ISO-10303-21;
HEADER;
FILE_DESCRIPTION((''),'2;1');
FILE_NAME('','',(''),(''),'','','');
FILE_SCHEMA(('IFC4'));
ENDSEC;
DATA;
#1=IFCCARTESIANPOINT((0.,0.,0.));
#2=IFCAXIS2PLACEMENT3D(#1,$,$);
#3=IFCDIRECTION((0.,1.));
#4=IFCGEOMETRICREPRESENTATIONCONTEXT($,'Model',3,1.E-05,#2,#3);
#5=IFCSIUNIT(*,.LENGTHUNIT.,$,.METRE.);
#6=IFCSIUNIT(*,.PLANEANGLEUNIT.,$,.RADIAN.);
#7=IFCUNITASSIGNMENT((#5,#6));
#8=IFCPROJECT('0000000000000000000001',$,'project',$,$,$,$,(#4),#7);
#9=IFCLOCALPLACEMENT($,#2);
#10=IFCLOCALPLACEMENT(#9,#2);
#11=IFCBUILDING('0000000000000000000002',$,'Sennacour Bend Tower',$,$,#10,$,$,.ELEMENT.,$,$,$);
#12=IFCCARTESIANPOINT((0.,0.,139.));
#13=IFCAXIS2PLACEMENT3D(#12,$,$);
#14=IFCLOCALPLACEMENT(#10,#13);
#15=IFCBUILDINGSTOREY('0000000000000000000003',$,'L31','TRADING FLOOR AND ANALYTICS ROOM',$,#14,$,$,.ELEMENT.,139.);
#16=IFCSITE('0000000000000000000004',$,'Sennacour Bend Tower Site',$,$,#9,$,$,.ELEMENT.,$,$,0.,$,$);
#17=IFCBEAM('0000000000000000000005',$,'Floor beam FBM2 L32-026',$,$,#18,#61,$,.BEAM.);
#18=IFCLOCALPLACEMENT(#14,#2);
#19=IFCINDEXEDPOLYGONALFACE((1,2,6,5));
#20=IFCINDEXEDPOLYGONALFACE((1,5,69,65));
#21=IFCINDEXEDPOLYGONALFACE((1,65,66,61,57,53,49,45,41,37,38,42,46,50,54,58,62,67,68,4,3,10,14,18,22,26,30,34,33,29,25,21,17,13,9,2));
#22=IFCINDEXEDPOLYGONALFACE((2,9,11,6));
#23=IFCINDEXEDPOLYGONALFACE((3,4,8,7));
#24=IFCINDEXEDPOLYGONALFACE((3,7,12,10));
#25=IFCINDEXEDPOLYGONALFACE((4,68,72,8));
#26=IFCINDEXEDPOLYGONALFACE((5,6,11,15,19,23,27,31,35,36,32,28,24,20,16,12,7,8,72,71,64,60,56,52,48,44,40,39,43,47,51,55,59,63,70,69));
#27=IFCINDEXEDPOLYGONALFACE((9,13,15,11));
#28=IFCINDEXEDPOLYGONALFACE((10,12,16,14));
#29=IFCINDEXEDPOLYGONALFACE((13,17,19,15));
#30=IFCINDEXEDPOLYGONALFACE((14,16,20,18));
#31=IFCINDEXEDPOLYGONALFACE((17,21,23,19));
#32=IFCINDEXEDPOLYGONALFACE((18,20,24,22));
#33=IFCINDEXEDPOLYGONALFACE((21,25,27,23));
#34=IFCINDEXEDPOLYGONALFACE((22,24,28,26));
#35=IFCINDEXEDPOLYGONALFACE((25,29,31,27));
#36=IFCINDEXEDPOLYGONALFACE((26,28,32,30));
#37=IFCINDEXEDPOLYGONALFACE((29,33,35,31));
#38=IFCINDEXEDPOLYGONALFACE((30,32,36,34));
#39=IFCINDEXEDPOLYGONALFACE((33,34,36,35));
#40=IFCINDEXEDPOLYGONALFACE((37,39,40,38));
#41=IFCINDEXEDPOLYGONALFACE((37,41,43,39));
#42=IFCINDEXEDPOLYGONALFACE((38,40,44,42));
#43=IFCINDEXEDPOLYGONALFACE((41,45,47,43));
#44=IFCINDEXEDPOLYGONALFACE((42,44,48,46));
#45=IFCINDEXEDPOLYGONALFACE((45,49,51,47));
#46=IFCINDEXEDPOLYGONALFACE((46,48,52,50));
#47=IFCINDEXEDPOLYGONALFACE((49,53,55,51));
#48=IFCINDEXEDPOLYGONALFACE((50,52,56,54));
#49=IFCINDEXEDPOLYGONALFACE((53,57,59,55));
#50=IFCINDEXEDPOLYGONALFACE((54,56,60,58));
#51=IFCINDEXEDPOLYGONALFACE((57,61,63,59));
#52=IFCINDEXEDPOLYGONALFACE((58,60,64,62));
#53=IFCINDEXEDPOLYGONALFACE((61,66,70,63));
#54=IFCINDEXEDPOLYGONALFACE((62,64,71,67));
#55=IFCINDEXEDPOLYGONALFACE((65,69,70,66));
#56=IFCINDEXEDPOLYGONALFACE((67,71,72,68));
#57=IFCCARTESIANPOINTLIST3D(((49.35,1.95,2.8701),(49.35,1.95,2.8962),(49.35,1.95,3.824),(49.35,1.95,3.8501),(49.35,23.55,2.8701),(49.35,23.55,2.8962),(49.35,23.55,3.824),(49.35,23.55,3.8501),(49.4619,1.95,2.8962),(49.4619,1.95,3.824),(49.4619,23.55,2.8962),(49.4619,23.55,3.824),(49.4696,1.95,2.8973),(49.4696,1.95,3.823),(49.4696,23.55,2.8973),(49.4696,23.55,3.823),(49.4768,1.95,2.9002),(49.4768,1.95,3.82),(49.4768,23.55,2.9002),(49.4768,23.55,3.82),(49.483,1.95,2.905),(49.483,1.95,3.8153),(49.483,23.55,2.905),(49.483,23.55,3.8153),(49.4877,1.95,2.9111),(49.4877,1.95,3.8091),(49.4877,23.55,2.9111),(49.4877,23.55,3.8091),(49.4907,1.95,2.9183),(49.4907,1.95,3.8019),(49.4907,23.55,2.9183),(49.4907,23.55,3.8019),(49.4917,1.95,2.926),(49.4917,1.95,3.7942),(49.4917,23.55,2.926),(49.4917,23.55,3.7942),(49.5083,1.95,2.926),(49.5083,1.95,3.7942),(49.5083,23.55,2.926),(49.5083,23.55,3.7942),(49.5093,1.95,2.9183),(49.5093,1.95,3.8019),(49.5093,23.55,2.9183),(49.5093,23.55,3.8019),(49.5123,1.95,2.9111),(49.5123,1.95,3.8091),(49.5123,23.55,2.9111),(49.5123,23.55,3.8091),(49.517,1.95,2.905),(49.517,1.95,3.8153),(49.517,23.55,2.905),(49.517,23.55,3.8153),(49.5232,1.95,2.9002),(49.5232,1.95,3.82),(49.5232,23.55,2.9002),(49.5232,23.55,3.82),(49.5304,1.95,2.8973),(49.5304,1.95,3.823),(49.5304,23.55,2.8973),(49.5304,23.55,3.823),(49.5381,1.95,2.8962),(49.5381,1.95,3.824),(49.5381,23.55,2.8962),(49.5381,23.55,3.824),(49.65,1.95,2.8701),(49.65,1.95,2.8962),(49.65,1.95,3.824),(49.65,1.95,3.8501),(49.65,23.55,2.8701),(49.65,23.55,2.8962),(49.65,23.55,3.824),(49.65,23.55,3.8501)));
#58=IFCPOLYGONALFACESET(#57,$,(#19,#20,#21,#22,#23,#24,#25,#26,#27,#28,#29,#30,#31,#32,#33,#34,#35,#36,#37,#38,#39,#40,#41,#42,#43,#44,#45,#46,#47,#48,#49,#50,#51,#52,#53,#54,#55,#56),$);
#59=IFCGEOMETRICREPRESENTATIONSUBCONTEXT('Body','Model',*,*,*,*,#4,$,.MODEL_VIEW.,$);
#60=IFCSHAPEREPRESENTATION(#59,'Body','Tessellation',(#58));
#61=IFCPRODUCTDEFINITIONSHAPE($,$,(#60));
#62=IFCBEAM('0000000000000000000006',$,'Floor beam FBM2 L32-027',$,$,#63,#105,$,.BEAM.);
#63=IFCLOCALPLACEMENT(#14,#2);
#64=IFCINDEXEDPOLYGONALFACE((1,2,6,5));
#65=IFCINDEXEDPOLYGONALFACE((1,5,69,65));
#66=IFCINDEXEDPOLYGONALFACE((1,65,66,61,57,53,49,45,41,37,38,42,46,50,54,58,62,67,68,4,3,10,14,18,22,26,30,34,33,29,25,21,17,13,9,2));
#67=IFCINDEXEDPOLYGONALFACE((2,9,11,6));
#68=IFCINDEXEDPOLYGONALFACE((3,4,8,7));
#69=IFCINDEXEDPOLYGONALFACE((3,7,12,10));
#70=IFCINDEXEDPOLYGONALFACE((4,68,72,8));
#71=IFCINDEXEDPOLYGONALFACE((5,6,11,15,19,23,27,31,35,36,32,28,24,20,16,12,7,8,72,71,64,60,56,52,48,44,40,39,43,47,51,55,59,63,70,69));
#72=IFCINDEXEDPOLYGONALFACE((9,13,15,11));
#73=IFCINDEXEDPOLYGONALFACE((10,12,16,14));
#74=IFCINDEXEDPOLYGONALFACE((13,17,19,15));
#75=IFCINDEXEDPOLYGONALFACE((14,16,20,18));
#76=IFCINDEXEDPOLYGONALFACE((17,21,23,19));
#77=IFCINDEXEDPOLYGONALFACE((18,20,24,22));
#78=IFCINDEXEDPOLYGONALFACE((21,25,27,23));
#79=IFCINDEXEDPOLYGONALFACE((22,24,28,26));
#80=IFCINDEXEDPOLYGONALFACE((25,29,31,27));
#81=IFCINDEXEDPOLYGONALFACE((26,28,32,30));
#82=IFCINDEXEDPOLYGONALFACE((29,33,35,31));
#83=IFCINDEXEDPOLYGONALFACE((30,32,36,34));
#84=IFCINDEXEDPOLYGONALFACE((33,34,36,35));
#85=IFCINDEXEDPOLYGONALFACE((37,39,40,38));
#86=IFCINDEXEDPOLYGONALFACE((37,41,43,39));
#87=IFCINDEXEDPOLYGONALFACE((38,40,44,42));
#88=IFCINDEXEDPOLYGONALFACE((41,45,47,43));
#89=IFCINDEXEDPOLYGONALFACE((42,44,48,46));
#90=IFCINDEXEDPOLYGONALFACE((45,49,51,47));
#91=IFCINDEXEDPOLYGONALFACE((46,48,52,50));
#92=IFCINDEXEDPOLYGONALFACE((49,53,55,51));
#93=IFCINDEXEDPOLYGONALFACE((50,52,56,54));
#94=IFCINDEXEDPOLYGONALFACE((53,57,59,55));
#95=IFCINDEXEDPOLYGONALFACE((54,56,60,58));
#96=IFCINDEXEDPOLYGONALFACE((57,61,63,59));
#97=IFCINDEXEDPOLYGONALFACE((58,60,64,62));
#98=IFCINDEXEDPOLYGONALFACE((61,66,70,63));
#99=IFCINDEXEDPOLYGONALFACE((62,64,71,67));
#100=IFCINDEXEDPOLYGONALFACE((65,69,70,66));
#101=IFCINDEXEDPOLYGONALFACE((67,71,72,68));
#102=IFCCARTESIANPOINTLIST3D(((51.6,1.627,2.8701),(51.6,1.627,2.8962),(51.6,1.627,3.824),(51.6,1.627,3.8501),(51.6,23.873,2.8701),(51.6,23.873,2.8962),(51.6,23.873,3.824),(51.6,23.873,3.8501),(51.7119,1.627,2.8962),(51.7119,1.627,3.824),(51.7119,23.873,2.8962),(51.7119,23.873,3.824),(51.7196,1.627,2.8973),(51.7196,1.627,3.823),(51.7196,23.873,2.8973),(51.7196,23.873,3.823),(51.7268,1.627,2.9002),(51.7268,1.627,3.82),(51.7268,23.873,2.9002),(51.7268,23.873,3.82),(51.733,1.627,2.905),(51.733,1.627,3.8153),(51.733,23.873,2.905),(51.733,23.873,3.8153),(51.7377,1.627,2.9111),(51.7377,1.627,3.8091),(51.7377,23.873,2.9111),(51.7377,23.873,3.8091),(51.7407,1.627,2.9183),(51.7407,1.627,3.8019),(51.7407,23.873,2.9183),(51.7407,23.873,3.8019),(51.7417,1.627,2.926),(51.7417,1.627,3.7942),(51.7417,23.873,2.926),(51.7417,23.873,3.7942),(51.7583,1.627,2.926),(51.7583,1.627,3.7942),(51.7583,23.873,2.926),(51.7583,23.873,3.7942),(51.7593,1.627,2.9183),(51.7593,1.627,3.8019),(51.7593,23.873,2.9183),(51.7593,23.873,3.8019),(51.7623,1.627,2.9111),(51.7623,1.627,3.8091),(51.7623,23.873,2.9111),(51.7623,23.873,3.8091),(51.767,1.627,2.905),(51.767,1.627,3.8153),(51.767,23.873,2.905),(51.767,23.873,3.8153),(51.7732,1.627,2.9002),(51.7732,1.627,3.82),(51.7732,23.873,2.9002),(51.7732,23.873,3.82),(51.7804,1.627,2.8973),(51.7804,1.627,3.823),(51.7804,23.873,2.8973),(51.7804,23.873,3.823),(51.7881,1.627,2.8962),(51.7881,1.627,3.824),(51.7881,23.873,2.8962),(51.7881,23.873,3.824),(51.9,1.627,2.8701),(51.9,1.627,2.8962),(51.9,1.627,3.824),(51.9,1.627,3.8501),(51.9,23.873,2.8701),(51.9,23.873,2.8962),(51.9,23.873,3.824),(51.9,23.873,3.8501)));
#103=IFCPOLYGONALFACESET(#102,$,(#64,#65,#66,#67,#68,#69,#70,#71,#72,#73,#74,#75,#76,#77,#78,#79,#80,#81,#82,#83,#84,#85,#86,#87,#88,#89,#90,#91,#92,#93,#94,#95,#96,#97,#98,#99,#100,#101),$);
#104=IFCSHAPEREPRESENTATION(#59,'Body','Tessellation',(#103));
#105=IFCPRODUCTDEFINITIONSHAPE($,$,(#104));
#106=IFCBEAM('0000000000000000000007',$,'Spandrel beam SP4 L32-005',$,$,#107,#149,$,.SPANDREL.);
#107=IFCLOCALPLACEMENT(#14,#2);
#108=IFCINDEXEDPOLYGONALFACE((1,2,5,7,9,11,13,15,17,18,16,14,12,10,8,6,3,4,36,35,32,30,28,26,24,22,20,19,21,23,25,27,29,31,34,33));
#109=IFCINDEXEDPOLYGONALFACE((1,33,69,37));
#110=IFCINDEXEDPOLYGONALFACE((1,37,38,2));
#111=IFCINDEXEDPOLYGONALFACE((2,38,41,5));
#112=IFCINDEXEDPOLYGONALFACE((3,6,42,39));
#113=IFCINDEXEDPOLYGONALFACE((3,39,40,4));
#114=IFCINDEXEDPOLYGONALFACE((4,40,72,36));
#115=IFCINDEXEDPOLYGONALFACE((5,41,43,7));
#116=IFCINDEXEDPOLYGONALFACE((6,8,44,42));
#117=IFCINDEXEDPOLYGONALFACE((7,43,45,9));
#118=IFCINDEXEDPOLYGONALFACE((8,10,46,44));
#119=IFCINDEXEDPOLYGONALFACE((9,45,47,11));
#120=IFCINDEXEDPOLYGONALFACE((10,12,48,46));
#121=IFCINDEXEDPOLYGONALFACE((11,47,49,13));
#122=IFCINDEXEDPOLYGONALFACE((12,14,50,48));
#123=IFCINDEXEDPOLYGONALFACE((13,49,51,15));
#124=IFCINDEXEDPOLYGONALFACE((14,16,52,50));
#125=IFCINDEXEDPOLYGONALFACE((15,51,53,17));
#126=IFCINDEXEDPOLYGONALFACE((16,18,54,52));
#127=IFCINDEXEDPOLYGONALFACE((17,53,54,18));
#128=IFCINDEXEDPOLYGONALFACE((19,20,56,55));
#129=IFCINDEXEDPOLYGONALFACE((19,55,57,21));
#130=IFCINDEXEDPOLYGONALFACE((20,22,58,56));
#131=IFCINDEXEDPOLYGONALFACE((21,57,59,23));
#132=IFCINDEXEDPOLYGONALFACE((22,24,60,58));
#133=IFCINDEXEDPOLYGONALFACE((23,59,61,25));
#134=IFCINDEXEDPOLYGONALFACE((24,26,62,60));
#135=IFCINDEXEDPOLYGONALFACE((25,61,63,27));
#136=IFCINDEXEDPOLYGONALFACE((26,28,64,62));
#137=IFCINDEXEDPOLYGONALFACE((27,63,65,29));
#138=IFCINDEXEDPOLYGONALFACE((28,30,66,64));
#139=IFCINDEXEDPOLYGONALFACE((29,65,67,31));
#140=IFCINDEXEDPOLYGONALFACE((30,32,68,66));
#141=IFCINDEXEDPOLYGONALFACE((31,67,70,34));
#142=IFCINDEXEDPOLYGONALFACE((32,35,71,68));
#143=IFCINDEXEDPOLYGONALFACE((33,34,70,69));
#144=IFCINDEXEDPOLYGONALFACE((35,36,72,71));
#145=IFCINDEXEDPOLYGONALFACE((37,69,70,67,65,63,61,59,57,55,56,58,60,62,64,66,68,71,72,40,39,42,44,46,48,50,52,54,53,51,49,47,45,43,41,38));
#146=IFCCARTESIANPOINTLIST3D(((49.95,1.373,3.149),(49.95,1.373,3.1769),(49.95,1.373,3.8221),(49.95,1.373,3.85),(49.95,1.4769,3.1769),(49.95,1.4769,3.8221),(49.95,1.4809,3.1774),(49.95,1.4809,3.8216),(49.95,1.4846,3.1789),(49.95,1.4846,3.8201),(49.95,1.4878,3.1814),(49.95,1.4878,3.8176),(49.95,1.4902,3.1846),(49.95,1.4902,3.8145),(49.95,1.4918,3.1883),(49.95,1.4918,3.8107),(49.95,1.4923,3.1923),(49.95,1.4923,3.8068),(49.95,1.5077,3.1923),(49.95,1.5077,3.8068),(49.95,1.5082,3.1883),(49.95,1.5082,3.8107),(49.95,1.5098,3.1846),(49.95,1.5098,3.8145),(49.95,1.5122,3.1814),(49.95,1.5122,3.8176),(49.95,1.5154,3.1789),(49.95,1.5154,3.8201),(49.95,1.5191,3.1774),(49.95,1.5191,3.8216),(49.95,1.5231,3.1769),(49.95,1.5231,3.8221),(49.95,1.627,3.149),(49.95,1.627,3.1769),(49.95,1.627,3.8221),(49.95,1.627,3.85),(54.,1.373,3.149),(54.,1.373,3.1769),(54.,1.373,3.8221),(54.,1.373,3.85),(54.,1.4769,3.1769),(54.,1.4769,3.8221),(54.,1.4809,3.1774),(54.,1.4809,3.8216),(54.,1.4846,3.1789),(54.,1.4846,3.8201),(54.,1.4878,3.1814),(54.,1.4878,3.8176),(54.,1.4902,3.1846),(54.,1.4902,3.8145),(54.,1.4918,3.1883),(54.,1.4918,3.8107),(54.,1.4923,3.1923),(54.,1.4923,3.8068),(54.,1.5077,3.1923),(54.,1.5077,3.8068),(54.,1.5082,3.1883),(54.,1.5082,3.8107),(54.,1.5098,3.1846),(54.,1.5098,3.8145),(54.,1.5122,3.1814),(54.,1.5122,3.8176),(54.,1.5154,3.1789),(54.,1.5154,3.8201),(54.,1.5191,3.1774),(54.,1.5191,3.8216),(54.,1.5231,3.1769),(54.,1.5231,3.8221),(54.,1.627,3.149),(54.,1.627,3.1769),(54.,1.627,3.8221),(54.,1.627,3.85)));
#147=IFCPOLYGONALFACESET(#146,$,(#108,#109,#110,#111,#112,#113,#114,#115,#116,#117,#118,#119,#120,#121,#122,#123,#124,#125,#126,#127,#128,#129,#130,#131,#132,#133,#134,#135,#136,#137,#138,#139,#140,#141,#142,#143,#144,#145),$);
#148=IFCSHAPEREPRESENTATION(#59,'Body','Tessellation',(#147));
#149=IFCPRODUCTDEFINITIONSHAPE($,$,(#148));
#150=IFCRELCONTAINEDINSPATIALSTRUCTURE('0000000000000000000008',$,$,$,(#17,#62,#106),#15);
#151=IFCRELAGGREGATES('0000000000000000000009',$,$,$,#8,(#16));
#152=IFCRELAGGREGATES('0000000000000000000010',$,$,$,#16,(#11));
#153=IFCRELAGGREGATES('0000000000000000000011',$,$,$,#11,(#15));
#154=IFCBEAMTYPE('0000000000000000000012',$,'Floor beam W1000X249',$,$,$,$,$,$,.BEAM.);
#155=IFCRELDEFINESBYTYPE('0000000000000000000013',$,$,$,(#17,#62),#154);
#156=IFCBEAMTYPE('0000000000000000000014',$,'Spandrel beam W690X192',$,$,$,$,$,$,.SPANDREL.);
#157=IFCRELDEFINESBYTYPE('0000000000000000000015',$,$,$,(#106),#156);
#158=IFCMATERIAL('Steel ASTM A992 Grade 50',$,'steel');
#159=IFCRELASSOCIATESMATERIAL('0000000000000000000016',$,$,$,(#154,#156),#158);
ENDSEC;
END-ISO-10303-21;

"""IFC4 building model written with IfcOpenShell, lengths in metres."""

from ifc_helpers import new_model, si_unit, direction, frame, origin, origin_2d, place, context, subcontext, project, spatial, i_section, extrude, material, material_profile, profile_set, type_object, element, save


model = new_model("IFC4")

# Units and contexts
model_context = context("Model", 3, precision=1e-05, world=origin(), true_north=direction((0.0, 1.0)))
body_context = subcontext(model_context, "Body", "Model", "MODEL_VIEW")
ifc_project = project(units=[si_unit("LENGTHUNIT", "METRE"), si_unit("PLANEANGLEUNIT", "RADIAN")], contexts=[model_context])

# Site, building, storey
site_placement = place(None, origin())
site = spatial("IfcSite", under=ifc_project, at=site_placement, Name="Sennacour Bend Tower Site", CompositionType="ELEMENT", RefElevation=0.0)
building_placement = place(site_placement, origin())
building = spatial("IfcBuilding", under=site, at=building_placement, Name="Sennacour Bend Tower", CompositionType="ELEMENT")
storey_placement = place(building_placement, frame((0.0, 0.0, 139.0)))
storey = spatial("IfcBuildingStorey", under=building, at=storey_placement, Name="L31", Description="TRADING FLOOR AND ANALYTICS ROOM", CompositionType="ELEMENT", Elevation=139.0)

# Beams
ifc_material_1 = material(Name="Steel ASTM A992 Grade 50", Category="steel")
ifc_material_profile_1 = material_profile(ifc_material_1, i_section(OverallWidth=0.3, OverallDepth=0.98, WebThickness=0.0166, FlangeThickness=0.0261, FilletRadius=0.0298, at=origin_2d()), Name="Steel ASTM A992 Grade 50", Category="steel")
ifc_profile_set_1 = profile_set([ifc_material_profile_1], Name="Steel ASTM A992 Grade 50")
beam_type_1 = type_object("IfcBeamType", Name="Floor beam W1000X249", PredefinedType="BEAM", material=ifc_profile_set_1)
beam_1_placement = place(storey_placement, frame((49.5, 1.95, 3.3601), z_axis=(0.0, 1.0, 0.0), x_axis=(-1.0, 0.0, 0.0)))
element("IfcBeam", 1, at=beam_1_placement, inside=storey, type_object=beam_type_1, Name="Floor beam FBM2 L32-026", PredefinedType="BEAM", context=body_context, shape_type="SweptSolid", body=[
    extrude(i_section(OverallWidth=0.3, OverallDepth=0.98, WebThickness=0.0166, FlangeThickness=0.0261, FilletRadius=0.0298, at=origin_2d()), origin(), (0.0, 0.0, 1.0), 21.6001),
])
beam_2_placement = place(storey_placement, frame((51.75, 1.627, 3.3601), z_axis=(0.0, 1.0, 0.0), x_axis=(-1.0, 0.0, 0.0)))
element("IfcBeam", 2, at=beam_2_placement, inside=storey, type_object=beam_type_1, Name="Floor beam FBM2 L32-027", PredefinedType="BEAM", context=body_context, shape_type="SweptSolid", body=[
    extrude(i_section(OverallWidth=0.3, OverallDepth=0.98, WebThickness=0.0166, FlangeThickness=0.0261, FilletRadius=0.0298, at=origin_2d()), origin(), (0.0, 0.0, 1.0), 22.2461),
])
ifc_material_profile_2 = material_profile(ifc_material_1, i_section(OverallWidth=0.2539, OverallDepth=0.7009, WebThickness=0.0154, FlangeThickness=0.0278, FilletRadius=0.0154, at=origin_2d()), Name="Steel ASTM A992 Grade 50", Category="steel")
ifc_profile_set_2 = profile_set([ifc_material_profile_2], Name="Steel ASTM A992 Grade 50")
beam_type_2 = type_object("IfcBeamType", Name="Spandrel beam W690X192", PredefinedType="SPANDREL", material=ifc_profile_set_2)
beam_3_placement = place(storey_placement, frame((54.0, 1.5, 3.4995), z_axis=(-1.0, 0.0, 0.0), x_axis=(0.0, -1.0, 0.0)))
element("IfcBeam", 3, at=beam_3_placement, inside=storey, type_object=beam_type_2, Name="Spandrel beam SP4 L32-005", PredefinedType="SPANDREL", context=body_context, shape_type="SweptSolid", body=[
    extrude(i_section(OverallWidth=0.2539, OverallDepth=0.7009, WebThickness=0.0154, FlangeThickness=0.0278, FilletRadius=0.0154, at=origin_2d()), origin(), (0.0, 0.0, 1.0), 4.05),
])

save(model, "model.ifc")
